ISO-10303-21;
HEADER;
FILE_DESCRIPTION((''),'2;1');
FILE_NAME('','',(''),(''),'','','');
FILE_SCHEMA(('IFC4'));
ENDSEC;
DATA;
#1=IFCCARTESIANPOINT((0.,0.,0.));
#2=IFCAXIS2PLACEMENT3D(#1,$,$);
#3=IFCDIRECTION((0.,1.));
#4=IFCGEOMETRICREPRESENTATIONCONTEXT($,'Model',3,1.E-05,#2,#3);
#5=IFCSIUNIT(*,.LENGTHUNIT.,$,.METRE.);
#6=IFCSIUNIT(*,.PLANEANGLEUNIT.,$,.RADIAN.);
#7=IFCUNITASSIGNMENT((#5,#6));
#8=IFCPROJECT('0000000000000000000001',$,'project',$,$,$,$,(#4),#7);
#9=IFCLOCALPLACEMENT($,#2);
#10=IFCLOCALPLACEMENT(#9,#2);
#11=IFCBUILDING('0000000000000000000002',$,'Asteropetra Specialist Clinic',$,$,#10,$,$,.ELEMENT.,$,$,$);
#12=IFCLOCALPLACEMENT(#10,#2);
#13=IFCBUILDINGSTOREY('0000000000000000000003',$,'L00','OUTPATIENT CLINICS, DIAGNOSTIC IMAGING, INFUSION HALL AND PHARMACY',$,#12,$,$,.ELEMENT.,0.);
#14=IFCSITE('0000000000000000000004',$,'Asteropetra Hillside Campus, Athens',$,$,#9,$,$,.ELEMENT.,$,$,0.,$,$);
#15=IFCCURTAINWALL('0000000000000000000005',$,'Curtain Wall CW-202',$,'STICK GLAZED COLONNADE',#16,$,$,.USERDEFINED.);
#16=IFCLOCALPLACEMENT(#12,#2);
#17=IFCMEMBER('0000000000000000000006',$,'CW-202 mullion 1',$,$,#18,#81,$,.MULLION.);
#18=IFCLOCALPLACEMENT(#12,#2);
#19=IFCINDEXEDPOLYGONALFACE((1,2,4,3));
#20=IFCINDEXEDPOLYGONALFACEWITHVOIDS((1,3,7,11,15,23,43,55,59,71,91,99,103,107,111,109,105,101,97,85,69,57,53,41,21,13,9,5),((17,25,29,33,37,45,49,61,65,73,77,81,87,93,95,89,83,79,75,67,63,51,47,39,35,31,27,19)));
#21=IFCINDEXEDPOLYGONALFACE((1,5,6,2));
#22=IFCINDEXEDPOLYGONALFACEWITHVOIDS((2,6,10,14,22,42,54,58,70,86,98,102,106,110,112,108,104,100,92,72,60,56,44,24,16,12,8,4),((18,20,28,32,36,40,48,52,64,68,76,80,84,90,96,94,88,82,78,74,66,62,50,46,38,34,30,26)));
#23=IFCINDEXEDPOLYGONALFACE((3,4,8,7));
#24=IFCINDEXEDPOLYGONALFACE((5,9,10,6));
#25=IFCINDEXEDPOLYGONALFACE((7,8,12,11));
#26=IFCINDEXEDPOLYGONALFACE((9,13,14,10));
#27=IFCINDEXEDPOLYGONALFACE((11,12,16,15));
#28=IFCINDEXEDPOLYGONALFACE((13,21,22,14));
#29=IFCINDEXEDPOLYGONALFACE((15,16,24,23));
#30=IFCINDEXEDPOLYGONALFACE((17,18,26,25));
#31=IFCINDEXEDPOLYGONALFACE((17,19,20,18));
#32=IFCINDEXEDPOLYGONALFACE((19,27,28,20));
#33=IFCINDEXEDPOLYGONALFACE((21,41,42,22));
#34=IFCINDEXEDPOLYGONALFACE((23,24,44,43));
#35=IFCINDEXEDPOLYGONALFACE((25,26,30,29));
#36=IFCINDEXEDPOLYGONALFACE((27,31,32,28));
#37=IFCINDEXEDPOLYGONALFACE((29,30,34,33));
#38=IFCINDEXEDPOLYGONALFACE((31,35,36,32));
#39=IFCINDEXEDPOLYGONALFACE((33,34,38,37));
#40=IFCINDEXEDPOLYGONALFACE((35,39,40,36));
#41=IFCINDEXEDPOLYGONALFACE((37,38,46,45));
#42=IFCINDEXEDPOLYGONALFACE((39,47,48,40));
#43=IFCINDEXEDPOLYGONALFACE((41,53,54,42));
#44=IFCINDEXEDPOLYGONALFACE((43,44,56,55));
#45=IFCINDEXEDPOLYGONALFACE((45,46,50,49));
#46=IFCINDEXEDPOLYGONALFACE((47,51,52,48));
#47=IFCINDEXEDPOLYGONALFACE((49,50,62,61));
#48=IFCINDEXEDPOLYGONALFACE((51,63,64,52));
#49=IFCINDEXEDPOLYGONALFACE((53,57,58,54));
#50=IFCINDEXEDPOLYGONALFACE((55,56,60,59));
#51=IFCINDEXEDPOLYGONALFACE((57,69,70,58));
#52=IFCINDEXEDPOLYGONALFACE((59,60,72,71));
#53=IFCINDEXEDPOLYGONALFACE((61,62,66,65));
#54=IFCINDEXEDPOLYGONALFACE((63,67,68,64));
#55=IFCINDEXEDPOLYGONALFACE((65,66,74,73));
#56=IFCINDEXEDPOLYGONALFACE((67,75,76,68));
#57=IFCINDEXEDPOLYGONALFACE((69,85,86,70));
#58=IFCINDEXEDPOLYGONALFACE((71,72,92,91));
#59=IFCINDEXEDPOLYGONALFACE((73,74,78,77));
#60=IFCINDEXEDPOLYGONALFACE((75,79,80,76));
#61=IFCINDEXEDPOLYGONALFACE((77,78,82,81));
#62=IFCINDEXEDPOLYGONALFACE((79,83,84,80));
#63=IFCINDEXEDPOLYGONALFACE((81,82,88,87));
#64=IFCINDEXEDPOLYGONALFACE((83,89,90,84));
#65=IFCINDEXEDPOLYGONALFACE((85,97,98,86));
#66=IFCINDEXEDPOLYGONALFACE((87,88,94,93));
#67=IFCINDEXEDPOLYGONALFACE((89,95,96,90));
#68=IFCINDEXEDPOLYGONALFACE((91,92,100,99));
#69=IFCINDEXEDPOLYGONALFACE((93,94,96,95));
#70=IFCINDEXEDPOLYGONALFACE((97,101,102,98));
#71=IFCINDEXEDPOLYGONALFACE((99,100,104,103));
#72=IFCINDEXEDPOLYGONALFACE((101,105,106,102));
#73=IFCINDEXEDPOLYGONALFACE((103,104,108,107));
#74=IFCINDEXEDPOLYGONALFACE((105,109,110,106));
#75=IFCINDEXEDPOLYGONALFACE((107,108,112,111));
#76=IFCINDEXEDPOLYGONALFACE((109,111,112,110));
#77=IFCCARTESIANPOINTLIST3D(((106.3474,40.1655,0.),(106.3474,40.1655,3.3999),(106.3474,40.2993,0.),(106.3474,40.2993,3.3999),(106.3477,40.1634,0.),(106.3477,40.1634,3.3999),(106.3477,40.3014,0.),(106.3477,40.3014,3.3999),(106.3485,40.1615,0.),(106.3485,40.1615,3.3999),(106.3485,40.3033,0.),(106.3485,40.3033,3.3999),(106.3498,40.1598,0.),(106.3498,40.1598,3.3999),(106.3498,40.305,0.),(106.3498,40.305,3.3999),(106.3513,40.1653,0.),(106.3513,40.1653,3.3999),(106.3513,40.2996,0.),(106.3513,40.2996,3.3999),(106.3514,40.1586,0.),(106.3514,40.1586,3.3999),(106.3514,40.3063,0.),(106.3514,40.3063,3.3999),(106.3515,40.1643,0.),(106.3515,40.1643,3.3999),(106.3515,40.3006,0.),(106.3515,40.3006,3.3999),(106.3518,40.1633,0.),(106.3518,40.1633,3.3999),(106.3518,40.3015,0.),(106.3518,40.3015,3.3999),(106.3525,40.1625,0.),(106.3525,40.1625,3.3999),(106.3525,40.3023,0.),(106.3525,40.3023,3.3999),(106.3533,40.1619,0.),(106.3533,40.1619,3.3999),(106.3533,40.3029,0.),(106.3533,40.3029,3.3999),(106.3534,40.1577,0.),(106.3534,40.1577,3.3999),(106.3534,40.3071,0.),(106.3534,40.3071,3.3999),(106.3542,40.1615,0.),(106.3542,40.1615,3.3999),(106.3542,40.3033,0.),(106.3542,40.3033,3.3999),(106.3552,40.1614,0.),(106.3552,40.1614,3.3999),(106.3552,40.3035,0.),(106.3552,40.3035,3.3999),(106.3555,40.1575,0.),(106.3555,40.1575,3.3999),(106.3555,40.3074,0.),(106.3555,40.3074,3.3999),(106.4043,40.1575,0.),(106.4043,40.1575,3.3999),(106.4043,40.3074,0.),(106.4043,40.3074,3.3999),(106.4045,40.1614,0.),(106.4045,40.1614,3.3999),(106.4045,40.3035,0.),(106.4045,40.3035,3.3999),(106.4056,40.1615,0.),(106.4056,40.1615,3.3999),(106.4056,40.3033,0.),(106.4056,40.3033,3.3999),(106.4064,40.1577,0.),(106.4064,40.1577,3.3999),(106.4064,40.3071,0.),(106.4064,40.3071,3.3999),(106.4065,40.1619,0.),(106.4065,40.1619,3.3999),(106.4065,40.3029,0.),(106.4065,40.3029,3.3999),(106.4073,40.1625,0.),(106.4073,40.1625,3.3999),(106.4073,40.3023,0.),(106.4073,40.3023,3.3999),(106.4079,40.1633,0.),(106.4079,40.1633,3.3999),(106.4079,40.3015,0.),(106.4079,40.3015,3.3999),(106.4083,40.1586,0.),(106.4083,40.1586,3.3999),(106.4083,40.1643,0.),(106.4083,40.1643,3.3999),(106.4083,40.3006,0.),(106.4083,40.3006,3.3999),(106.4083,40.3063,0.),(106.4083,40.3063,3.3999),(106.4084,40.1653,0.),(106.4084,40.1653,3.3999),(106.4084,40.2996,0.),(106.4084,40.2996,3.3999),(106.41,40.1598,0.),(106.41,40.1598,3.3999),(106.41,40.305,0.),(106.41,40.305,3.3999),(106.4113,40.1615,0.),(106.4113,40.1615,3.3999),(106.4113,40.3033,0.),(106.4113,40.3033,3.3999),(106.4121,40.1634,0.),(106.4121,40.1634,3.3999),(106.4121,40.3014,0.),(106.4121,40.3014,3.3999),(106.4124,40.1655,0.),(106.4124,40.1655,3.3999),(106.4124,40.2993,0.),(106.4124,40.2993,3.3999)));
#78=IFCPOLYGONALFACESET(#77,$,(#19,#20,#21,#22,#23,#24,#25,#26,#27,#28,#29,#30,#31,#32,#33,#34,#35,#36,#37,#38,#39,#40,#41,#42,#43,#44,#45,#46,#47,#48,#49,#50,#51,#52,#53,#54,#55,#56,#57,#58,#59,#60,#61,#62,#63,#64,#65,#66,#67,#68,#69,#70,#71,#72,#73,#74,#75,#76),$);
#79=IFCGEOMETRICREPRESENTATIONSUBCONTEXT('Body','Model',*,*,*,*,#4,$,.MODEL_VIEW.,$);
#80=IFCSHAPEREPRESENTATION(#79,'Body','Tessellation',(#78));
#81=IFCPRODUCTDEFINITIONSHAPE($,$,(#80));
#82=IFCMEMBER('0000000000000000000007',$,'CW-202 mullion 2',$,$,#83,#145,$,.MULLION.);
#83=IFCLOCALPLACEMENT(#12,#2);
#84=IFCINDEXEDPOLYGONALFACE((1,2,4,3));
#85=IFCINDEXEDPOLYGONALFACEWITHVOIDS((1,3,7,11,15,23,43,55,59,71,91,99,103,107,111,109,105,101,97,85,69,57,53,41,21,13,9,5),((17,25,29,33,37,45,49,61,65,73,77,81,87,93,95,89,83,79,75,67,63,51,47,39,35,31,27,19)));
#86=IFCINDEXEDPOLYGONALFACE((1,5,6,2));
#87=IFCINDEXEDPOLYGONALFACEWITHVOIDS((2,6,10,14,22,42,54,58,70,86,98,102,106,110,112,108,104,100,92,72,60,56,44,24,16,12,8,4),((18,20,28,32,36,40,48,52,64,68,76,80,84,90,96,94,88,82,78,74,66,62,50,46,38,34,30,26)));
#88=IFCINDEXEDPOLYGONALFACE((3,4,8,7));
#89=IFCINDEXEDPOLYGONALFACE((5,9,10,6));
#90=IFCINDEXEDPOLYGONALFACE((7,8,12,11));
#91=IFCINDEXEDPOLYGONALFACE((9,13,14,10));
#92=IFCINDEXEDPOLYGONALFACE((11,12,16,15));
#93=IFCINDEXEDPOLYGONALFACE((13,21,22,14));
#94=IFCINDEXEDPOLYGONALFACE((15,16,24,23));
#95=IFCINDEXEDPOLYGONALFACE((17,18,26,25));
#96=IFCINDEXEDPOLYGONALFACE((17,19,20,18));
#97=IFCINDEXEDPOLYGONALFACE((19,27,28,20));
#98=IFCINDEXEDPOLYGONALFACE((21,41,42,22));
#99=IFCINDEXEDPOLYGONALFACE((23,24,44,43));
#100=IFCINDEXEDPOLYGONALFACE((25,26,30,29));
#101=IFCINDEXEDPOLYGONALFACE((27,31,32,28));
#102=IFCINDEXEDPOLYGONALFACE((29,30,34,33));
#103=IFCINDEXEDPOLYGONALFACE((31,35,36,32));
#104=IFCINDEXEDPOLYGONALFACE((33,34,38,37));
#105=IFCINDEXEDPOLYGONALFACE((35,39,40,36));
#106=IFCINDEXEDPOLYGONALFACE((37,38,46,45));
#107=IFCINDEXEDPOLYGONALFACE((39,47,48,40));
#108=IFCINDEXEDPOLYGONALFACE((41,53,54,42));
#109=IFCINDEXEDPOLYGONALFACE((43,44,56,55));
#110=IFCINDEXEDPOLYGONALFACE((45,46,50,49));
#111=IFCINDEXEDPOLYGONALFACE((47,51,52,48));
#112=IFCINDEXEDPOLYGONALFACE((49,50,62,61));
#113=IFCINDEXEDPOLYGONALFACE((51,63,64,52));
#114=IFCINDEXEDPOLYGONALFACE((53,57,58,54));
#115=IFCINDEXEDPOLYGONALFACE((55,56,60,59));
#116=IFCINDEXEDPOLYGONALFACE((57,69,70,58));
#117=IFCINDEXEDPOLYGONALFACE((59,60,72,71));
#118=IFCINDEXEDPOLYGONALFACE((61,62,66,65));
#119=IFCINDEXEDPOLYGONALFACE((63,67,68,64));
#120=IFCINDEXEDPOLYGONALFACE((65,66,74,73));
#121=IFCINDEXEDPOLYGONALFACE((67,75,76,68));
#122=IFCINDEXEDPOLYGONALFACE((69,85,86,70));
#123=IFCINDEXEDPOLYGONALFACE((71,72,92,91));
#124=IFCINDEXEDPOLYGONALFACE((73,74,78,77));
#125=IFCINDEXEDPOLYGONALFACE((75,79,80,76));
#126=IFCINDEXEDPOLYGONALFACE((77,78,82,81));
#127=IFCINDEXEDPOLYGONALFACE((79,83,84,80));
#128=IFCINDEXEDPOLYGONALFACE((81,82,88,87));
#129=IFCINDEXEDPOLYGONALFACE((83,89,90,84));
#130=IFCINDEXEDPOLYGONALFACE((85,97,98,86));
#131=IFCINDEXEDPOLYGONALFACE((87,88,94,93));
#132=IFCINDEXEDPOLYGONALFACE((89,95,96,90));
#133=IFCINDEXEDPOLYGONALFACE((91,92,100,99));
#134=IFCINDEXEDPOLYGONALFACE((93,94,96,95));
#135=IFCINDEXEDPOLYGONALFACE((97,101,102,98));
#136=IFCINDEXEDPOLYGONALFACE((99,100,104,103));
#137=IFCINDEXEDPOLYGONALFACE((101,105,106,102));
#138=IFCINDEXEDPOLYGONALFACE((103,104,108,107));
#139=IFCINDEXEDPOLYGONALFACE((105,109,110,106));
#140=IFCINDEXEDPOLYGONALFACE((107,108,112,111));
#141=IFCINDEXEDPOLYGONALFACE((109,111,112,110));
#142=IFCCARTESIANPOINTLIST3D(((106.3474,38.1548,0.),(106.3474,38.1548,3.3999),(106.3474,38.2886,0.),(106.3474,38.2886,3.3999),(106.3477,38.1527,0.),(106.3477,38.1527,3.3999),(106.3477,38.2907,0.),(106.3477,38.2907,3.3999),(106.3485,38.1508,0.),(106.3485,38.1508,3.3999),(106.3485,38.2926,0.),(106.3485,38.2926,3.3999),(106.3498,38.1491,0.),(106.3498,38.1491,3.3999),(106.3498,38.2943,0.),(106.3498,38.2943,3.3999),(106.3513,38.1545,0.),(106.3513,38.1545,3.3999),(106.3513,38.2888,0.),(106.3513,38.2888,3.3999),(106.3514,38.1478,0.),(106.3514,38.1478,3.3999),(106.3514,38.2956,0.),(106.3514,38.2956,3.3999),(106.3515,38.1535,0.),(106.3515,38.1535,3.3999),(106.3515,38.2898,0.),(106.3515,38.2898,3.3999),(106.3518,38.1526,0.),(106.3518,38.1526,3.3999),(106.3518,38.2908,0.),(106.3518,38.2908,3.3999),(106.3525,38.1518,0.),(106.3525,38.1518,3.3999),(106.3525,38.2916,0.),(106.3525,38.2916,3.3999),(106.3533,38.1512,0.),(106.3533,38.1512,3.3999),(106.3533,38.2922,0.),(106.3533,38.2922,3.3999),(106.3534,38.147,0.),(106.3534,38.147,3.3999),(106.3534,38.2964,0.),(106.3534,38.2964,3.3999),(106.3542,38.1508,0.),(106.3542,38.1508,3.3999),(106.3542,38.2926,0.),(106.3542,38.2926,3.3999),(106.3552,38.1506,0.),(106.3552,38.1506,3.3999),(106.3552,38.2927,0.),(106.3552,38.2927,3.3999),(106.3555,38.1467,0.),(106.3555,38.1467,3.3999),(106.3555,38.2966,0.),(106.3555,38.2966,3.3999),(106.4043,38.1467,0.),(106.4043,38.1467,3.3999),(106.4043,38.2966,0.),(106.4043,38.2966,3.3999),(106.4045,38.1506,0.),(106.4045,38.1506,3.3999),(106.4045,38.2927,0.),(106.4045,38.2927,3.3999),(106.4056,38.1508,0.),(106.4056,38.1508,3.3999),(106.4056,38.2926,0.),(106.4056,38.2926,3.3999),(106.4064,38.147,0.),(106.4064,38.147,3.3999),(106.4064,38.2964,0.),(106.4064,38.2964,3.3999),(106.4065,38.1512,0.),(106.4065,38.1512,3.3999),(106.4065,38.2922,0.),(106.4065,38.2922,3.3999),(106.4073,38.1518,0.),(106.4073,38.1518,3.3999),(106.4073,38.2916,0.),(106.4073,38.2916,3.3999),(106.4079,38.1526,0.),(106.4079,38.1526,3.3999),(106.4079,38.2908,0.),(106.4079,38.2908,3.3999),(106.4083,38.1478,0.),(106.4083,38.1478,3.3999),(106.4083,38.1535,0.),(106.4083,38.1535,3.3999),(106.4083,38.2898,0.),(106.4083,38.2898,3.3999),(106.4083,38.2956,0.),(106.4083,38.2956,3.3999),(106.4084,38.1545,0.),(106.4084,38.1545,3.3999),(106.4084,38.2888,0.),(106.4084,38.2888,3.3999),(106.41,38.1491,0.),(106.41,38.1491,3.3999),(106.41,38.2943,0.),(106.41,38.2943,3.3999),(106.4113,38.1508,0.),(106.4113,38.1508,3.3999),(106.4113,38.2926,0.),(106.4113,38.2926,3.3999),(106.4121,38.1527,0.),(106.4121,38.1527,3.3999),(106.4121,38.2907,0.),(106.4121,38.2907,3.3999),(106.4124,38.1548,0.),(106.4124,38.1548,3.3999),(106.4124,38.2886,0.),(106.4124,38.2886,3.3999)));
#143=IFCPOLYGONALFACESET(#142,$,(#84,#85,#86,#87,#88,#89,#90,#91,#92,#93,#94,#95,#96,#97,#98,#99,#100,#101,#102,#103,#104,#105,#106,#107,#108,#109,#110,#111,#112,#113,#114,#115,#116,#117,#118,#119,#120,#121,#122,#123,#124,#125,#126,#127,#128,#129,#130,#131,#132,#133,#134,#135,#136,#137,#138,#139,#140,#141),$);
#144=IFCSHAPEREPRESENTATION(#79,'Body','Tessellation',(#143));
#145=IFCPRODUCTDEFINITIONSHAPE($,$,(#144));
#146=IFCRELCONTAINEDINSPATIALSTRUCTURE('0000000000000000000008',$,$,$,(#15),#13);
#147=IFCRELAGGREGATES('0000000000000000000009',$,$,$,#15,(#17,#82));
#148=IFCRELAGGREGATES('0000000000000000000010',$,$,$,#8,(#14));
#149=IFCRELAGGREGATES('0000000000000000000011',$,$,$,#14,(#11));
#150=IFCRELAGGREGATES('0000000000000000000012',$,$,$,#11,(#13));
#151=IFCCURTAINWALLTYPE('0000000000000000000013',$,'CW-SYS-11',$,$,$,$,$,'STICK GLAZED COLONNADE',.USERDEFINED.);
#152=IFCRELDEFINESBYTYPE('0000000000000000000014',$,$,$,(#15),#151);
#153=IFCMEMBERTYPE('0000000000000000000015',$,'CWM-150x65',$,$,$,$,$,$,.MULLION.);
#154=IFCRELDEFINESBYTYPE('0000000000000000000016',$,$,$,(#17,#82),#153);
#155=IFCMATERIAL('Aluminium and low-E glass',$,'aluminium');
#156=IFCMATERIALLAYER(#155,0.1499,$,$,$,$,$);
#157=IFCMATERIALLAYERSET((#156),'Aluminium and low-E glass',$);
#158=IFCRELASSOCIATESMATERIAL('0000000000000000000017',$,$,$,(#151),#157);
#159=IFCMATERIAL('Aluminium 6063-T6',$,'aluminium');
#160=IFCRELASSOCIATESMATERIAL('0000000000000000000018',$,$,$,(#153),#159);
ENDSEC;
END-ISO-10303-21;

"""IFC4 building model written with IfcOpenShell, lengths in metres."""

from ifc_helpers import new_model, si_unit, direction, frame, origin, origin_2d, place, context, subcontext, project, spatial, hollow_rectangle, extrude, material, layer, layer_set, material_profile, profile_set, type_object, element, aggregate, save


model = new_model("IFC4")

# Units and contexts
model_context = context("Model", 3, precision=1e-05, world=origin(), true_north=direction((0.0, 1.0)))
body_context = subcontext(model_context, "Body", "Model", "MODEL_VIEW")
ifc_project = project(units=[si_unit("LENGTHUNIT", "METRE"), si_unit("PLANEANGLEUNIT", "RADIAN")], contexts=[model_context])

# Site, building, storey
site_placement = place(None, origin())
site = spatial("IfcSite", under=ifc_project, at=site_placement, Name="Asteropetra Hillside Campus, Athens", CompositionType="ELEMENT", RefElevation=0.0)
building_placement = place(site_placement, origin())
building = spatial("IfcBuilding", under=site, at=building_placement, Name="Asteropetra Specialist Clinic", CompositionType="ELEMENT")
storey_placement = place(building_placement, origin())
storey = spatial("IfcBuildingStorey", under=building, at=storey_placement, Name="L00", Description="OUTPATIENT CLINICS, DIAGNOSTIC IMAGING, INFUSION HALL AND PHARMACY", CompositionType="ELEMENT", Elevation=0.0)

# Curtain wall, members
ifc_material_1 = material(Name="Aluminium and low-E glass", Category="aluminium")
ifc_layer_1 = layer(ifc_material_1, 0.1499)
ifc_layer_set_1 = layer_set([ifc_layer_1], Name="Aluminium and low-E glass")
curtain_wall_type_1 = type_object("IfcCurtainWallType", Name="CW-SYS-11", ElementType="STICK GLAZED COLONNADE", PredefinedType="USERDEFINED", material=ifc_layer_set_1)
curtain_wall_1_placement = place(storey_placement, origin())
curtain_wall_1 = element("IfcCurtainWall", 1, at=curtain_wall_1_placement, inside=storey, type_object=curtain_wall_type_1, Name="Curtain Wall CW-202", ObjectType="STICK GLAZED COLONNADE", PredefinedType="USERDEFINED")
ifc_material_2 = material(Name="Aluminium 6063-T6", Category="aluminium")
ifc_material_profile_1 = material_profile(ifc_material_2, hollow_rectangle(XDim=0.0649, YDim=0.1499, WallThickness=0.0039, InnerFilletRadius=0.0039, OuterFilletRadius=0.0081, at=origin_2d()), Name="MUL 150x65x4.0")
ifc_profile_set_1 = profile_set([ifc_material_profile_1], Name="Aluminium 6063-T6")
member_type_1 = type_object("IfcMemberType", Name="CWM-150x65", PredefinedType="MULLION", material=ifc_profile_set_1)
member_1_placement = place(storey_placement, frame((106.3799, 40.2324, 0.0), z_axis=(0.0, 0.0, 1.0), x_axis=(1.0, 0.0, 0.0)))
member_1 = element("IfcMember", 2, at=member_1_placement, type_object=member_type_1, Name="CW-202 mullion 1", PredefinedType="MULLION", context=body_context, shape_type="SweptSolid", body=[
    extrude(hollow_rectangle(XDim=0.0649, YDim=0.1499, WallThickness=0.0039, InnerFilletRadius=0.0039, OuterFilletRadius=0.0081, at=origin_2d()), origin(), (0.0, 0.0, 1.0), 3.3999),
])
member_2_placement = place(storey_placement, frame((106.3799, 38.2217, 0.0), z_axis=(0.0, 0.0, 1.0), x_axis=(1.0, 0.0, 0.0)))
member_2 = element("IfcMember", 3, at=member_2_placement, type_object=member_type_1, Name="CW-202 mullion 2", PredefinedType="MULLION", context=body_context, shape_type="SweptSolid", body=[
    extrude(hollow_rectangle(XDim=0.0649, YDim=0.1499, WallThickness=0.0039, InnerFilletRadius=0.0039, OuterFilletRadius=0.0081, at=origin_2d()), origin(), (0.0, 0.0, 1.0), 3.3999),
])

aggregate(curtain_wall_1, [member_1, member_2])

save(model, "model.ifc")
